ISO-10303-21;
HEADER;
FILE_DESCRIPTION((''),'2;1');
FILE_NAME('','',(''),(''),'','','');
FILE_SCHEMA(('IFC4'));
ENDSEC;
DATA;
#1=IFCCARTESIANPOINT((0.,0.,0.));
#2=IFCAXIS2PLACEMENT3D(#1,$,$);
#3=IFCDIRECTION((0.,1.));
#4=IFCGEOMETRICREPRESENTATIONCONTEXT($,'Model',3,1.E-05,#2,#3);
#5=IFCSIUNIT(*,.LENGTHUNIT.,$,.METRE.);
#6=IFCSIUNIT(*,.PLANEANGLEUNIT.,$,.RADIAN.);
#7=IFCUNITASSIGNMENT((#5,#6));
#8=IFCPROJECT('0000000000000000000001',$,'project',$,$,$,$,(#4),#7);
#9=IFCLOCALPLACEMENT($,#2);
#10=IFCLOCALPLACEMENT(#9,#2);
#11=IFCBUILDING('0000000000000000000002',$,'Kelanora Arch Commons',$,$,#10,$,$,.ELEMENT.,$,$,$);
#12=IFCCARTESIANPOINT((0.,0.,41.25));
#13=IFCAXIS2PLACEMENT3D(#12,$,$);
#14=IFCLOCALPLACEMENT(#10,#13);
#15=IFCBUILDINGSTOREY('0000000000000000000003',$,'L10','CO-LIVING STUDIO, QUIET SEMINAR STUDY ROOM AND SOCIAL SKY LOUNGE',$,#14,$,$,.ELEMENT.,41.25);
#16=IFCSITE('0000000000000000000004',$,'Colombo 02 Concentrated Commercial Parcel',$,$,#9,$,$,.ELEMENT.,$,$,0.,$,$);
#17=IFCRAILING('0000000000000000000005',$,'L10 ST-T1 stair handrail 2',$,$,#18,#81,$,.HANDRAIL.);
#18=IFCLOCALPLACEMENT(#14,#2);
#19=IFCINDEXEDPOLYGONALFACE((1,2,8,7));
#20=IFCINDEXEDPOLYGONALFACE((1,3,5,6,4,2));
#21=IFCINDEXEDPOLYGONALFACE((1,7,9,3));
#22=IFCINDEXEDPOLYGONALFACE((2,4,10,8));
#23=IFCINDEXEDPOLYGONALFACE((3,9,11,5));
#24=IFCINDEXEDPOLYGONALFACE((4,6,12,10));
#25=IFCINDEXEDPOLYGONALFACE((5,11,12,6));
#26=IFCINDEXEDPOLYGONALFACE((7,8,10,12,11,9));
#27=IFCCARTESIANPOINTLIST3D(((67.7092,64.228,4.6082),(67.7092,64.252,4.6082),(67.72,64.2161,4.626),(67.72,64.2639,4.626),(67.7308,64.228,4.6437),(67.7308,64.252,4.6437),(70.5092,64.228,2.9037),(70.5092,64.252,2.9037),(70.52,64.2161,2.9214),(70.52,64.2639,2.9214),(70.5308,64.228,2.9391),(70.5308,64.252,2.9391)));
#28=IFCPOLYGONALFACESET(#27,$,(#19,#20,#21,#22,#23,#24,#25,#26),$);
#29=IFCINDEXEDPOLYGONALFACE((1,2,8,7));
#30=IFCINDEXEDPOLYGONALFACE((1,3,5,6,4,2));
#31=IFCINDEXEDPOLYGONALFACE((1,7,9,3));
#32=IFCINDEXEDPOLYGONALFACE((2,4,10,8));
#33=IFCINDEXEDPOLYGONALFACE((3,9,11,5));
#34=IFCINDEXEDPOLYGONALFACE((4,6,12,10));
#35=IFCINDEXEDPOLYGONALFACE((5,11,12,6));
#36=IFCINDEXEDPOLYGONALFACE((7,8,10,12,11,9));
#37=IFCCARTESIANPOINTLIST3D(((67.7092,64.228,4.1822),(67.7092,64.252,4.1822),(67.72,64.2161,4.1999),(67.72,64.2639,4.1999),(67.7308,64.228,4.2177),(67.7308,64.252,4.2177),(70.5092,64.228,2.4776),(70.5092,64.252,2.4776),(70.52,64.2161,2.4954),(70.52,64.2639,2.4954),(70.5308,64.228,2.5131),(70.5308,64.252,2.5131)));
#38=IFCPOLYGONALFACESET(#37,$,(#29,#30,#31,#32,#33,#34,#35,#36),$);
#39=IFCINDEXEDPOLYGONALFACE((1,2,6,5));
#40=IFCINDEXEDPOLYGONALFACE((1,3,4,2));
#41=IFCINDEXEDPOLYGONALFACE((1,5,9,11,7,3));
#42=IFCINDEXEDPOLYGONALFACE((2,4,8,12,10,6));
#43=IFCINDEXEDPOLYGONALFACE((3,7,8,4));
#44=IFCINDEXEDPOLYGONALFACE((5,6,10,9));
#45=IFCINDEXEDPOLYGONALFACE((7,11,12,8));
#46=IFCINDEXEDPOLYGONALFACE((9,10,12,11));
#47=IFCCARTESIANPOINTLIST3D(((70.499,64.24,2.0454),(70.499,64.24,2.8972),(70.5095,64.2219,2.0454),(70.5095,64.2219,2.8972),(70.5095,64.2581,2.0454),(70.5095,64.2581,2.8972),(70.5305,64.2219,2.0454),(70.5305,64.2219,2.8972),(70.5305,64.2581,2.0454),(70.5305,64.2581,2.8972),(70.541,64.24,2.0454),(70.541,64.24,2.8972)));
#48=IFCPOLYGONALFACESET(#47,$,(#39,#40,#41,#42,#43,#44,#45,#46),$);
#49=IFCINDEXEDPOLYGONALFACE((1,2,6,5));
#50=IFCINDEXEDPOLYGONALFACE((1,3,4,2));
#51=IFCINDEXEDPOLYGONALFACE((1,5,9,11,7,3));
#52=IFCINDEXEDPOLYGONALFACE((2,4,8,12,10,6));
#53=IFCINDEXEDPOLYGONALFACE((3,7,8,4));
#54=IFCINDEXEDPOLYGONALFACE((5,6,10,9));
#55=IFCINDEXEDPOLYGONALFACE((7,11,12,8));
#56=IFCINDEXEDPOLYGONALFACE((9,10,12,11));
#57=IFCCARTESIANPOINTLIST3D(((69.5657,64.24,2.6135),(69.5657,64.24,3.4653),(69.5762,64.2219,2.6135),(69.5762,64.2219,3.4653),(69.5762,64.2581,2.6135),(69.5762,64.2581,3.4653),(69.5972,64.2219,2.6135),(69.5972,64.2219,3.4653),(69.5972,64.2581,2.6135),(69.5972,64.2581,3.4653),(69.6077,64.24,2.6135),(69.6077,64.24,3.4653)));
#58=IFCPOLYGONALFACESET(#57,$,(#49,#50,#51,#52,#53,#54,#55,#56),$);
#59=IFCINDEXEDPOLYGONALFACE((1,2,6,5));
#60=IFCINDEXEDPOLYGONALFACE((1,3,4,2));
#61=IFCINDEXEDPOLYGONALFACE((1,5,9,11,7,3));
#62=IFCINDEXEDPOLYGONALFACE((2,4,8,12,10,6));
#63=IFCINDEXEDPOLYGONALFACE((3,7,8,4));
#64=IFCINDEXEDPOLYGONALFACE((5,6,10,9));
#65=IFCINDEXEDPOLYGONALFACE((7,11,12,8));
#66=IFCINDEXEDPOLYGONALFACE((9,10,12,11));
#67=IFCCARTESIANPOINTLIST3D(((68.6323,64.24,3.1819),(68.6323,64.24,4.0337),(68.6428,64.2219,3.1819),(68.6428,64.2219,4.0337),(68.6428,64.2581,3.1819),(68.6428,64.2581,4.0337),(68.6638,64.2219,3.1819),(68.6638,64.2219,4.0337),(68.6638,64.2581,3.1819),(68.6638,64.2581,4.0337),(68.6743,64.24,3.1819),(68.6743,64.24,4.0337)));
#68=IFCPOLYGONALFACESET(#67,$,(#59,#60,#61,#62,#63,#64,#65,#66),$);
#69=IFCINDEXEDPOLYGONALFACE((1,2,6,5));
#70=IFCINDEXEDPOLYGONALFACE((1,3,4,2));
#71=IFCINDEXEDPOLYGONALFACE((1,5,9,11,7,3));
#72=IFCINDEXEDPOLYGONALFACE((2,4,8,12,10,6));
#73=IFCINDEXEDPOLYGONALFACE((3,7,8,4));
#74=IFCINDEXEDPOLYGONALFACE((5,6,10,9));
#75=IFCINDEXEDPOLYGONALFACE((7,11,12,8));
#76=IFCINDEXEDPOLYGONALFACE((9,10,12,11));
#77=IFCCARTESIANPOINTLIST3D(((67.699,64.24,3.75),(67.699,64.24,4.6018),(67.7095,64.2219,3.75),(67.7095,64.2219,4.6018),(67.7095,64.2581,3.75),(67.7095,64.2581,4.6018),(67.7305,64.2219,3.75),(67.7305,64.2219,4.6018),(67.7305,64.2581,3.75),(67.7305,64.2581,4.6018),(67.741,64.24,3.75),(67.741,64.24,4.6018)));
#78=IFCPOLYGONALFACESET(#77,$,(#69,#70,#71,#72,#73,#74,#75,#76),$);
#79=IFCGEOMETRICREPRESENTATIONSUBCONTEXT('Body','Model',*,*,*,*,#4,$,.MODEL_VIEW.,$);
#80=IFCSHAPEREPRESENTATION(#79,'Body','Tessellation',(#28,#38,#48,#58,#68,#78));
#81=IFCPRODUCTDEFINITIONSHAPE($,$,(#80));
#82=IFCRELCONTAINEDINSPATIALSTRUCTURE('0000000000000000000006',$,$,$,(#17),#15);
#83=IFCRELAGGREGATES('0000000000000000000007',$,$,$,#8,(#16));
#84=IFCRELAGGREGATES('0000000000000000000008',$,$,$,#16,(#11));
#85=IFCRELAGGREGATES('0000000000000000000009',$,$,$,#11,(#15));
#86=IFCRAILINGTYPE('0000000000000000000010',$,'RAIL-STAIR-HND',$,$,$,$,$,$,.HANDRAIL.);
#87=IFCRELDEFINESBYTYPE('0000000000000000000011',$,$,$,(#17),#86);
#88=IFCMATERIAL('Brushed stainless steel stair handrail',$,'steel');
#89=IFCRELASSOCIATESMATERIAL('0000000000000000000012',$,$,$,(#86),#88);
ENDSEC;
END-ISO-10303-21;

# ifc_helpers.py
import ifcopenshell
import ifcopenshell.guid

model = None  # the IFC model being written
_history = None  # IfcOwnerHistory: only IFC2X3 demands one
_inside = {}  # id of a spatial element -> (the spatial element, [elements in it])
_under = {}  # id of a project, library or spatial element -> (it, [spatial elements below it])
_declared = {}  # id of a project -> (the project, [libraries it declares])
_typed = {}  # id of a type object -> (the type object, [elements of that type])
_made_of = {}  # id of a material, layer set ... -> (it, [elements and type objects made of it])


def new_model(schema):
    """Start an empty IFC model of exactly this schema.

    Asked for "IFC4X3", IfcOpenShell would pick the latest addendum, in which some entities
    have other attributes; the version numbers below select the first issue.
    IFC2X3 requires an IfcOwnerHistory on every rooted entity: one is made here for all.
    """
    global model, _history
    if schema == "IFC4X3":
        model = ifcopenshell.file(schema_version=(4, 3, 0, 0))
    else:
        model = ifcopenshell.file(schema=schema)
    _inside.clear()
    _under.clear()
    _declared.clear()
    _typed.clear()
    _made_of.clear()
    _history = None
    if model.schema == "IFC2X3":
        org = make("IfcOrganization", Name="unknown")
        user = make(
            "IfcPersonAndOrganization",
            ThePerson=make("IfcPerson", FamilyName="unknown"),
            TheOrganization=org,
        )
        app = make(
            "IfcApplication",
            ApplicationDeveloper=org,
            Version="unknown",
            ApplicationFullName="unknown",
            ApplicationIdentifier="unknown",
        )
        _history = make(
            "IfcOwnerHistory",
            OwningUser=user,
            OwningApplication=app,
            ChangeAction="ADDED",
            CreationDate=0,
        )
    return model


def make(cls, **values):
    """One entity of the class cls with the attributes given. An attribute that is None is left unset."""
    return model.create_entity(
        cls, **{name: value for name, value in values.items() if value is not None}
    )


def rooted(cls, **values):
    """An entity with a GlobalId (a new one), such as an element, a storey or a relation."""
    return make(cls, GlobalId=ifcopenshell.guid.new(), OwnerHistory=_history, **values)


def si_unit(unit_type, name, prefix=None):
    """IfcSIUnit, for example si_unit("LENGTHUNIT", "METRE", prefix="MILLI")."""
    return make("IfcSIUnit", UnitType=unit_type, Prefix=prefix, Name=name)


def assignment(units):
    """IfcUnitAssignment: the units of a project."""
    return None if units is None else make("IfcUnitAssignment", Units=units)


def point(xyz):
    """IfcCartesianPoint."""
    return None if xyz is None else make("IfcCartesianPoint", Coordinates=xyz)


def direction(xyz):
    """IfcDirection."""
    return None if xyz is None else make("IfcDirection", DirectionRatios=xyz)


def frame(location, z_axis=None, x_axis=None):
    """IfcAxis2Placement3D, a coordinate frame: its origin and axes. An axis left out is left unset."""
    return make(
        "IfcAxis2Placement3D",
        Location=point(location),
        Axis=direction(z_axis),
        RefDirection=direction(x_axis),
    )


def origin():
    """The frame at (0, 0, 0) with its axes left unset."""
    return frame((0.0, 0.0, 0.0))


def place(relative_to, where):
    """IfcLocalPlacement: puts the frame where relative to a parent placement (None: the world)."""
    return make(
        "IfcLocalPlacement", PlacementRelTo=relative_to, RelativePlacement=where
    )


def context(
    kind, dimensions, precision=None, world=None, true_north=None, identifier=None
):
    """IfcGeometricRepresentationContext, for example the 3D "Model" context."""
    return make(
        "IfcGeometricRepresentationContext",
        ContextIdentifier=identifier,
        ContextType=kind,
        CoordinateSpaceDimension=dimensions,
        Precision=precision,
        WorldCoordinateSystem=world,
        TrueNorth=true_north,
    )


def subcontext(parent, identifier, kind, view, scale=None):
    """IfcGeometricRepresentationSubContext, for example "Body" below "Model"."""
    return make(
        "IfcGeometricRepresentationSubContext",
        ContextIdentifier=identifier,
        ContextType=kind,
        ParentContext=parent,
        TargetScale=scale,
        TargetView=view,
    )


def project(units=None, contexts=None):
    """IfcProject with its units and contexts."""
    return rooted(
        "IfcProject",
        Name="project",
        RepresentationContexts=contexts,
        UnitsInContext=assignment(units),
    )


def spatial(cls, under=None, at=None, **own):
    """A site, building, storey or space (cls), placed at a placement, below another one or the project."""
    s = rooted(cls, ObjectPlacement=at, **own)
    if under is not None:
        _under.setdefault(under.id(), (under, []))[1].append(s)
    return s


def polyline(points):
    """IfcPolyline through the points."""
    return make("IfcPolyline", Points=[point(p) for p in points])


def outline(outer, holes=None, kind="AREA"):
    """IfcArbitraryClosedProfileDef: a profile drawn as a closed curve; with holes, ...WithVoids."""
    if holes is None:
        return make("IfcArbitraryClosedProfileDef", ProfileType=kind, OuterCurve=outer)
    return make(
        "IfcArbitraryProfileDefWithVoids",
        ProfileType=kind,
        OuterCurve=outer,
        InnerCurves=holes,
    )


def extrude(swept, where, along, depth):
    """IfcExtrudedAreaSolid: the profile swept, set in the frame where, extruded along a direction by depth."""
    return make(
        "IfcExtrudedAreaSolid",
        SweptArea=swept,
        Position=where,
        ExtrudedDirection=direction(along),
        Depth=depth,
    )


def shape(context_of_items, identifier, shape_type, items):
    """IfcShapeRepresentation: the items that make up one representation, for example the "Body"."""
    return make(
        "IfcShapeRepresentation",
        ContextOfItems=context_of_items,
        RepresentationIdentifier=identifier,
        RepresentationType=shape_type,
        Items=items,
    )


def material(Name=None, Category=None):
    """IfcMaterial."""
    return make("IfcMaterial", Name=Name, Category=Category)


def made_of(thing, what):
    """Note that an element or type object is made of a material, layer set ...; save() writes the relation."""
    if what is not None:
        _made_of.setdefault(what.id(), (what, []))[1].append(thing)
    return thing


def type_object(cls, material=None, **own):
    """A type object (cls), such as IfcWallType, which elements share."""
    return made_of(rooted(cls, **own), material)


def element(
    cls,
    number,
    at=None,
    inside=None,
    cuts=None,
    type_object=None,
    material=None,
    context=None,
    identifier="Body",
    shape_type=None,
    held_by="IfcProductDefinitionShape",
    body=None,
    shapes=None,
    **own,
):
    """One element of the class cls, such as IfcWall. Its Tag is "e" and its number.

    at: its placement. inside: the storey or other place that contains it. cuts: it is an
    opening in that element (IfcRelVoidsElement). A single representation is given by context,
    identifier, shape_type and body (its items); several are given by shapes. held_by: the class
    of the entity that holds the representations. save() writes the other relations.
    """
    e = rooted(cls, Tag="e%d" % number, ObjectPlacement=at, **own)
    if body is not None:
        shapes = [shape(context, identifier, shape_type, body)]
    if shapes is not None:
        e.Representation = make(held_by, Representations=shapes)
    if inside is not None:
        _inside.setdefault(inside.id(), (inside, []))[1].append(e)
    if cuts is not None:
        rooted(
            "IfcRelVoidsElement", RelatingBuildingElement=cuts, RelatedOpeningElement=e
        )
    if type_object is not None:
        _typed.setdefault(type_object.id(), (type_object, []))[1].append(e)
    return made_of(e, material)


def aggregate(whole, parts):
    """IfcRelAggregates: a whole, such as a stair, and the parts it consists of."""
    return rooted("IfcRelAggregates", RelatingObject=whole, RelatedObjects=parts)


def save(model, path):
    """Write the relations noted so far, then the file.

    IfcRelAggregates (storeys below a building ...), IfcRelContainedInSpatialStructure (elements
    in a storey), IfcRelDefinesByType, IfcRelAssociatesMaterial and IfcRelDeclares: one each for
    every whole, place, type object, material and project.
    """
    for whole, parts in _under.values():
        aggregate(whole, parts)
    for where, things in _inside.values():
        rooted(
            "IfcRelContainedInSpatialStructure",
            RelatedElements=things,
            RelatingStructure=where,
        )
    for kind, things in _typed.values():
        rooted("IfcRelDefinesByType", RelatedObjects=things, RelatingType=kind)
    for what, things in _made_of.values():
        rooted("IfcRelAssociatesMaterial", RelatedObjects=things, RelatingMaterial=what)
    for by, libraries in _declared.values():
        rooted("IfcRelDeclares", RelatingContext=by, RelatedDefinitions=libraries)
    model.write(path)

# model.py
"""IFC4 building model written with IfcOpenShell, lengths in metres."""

from ifc_helpers import new_model, si_unit, direction, frame, origin, place, context, subcontext, project, spatial, polyline, outline, extrude, material, type_object, element, save


model = new_model("IFC4")

# Units and contexts
model_context = context("Model", 3, precision=1e-05, world=origin(), true_north=direction((0.0, 1.0)))
body_context = subcontext(model_context, "Body", "Model", "MODEL_VIEW")
ifc_project = project(units=[si_unit("LENGTHUNIT", "METRE"), si_unit("PLANEANGLEUNIT", "RADIAN")], contexts=[model_context])

# Site, building, storey
site_placement = place(None, origin())
site = spatial("IfcSite", under=ifc_project, at=site_placement, Name="Colombo 02 Concentrated Commercial Parcel", CompositionType="ELEMENT", RefElevation=0.0)
building_placement = place(site_placement, origin())
building = spatial("IfcBuilding", under=site, at=building_placement, Name="Kelanora Arch Commons", CompositionType="ELEMENT")
storey_placement = place(building_placement, frame((0.0, 0.0, 41.25)))
storey = spatial("IfcBuildingStorey", under=building, at=storey_placement, Name="L10", Description="CO-LIVING STUDIO, QUIET SEMINAR STUDY ROOM AND SOCIAL SKY LOUNGE", CompositionType="ELEMENT", Elevation=41.25)

# Railing
ifc_material_1 = material(Name="Brushed stainless steel stair handrail", Category="steel")
railing_type_1 = type_object("IfcRailingType", Name="RAIL-STAIR-HND", PredefinedType="HANDRAIL", material=ifc_material_1)
railing_1_placement = place(storey_placement, frame((70.52, 64.24, 2.0454)))
element("IfcRailing", 1, at=railing_1_placement, inside=storey, type_object=railing_type_1, Name="L10 ST-T1 stair handrail 2", PredefinedType="HANDRAIL", context=body_context, shape_type="SweptSolid", body=[
    extrude(outline(polyline([(0.0239, 0.0), (0.012, 0.0208), (-0.012, 0.0208), (-0.0239, 0.0), (-0.012, -0.0208), (0.012, -0.0208), (0.0239, 0.0)])), frame((0.0, 0.0, 0.876), z_axis=(-0.85417, 0.0, 0.519994), x_axis=(0.0, -1.0, 0.0)), (0.0, 0.0, 1.0), 3.2781),
    extrude(outline(polyline([(0.0239, 0.0), (0.012, 0.0208), (-0.012, 0.0208), (-0.0239, 0.0), (-0.012, -0.0208), (0.012, -0.0208), (0.0239, 0.0)])), frame((0.0, 0.0, 0.45), z_axis=(-0.85417, 0.0, 0.519994), x_axis=(0.0, -1.0, 0.0)), (0.0, 0.0, 1.0), 3.2781),
    extrude(outline(polyline([(0.021, 0.0), (0.0105, 0.0181), (-0.0105, 0.0181), (-0.021, 0.0), (-0.0105, -0.0181), (0.0105, -0.0181), (0.021, 0.0)])), origin(), (0.0, 0.0, 1.0), 0.8518),
    extrude(outline(polyline([(0.021, 0.0), (0.0105, 0.0181), (-0.0105, 0.0181), (-0.021, 0.0), (-0.0105, -0.0181), (0.0105, -0.0181), (0.021, 0.0)])), frame((-0.9333, 0.0, 0.5681)), (0.0, 0.0, 1.0), 0.8518),
    extrude(outline(polyline([(0.021, 0.0), (0.0105, 0.0181), (-0.0105, 0.0181), (-0.021, 0.0), (-0.0105, -0.0181), (0.0105, -0.0181), (0.021, 0.0)])), frame((-1.8667, 0.0, 1.1365)), (0.0, 0.0, 1.0), 0.8518),
    extrude(outline(polyline([(0.021, 0.0), (0.0105, 0.0181), (-0.0105, 0.0181), (-0.021, 0.0), (-0.0105, -0.0181), (0.0105, -0.0181), (0.021, 0.0)])), frame((-2.8, 0.0, 1.7046)), (0.0, 0.0, 1.0), 0.8518),
])

save(model, "model.ifc")
